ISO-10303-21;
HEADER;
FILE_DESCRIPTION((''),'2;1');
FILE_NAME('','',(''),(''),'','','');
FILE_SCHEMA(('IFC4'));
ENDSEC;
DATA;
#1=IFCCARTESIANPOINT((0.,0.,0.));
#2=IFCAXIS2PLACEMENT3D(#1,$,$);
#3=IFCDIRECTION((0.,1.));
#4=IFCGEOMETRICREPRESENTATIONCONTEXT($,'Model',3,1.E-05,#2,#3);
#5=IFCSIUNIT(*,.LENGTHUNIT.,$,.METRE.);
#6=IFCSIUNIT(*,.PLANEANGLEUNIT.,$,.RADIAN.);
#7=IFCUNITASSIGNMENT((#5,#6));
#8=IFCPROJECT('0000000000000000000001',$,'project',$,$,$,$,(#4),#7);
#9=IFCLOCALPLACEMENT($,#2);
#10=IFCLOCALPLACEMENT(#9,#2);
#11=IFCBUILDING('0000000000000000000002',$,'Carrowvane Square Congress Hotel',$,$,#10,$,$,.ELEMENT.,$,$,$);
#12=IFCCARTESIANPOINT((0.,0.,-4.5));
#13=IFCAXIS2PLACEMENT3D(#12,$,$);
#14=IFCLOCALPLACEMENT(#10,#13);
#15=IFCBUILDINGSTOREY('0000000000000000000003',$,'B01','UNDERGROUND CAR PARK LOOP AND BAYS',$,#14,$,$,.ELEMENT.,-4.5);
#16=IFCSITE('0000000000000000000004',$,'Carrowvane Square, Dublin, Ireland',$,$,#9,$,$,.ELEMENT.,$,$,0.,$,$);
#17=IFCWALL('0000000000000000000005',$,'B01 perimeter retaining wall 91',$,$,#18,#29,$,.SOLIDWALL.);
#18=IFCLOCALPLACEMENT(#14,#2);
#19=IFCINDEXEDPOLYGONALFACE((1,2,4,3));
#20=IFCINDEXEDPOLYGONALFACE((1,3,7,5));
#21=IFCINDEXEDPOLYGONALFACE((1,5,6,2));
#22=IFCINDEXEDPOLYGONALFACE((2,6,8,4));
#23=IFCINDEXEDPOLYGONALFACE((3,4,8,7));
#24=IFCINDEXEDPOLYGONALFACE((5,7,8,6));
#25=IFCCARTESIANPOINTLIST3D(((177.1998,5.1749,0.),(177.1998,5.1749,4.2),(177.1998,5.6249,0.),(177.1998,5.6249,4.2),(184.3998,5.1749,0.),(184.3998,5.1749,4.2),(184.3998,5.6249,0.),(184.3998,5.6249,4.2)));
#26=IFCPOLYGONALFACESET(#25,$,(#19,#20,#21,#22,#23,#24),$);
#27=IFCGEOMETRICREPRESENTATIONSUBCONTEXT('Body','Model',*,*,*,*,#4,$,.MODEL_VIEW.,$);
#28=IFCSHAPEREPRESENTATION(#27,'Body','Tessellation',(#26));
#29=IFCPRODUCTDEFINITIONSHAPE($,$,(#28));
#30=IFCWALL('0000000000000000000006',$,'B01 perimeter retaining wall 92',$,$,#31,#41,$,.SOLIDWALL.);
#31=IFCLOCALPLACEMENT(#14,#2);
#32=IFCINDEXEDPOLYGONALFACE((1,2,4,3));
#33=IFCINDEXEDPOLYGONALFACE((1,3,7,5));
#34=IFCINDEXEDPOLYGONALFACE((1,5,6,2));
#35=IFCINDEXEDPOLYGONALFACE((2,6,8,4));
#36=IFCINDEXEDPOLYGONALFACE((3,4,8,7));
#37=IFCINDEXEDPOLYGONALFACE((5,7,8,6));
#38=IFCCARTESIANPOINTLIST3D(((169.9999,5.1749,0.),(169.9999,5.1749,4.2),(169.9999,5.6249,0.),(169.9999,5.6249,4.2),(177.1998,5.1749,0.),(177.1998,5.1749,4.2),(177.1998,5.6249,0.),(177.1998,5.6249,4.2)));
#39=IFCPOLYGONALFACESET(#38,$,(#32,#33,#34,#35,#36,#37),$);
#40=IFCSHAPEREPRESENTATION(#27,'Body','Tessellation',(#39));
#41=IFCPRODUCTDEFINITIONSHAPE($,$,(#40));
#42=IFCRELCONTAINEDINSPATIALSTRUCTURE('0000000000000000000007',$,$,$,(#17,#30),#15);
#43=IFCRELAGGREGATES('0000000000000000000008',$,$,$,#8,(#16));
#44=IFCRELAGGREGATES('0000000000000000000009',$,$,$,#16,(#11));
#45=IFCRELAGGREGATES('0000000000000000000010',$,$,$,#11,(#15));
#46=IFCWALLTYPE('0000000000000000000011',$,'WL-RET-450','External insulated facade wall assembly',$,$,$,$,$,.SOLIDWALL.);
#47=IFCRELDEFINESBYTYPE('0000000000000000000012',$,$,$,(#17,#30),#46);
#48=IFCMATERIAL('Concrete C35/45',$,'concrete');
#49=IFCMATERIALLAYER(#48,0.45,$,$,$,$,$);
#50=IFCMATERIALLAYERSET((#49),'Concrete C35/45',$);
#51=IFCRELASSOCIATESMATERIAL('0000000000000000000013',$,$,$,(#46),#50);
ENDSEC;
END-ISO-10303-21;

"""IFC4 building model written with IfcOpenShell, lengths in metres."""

from ifc_helpers import new_model, si_unit, direction, frame, frame_2d, origin, place, context, subcontext, project, spatial, rectangle, extrude, material, layer, layer_set, type_object, element, save


model = new_model("IFC4")

# Units and contexts
model_context = context("Model", 3, precision=1e-05, world=origin(), true_north=direction((0.0, 1.0)))
body_context = subcontext(model_context, "Body", "Model", "MODEL_VIEW")
ifc_project = project(units=[si_unit("LENGTHUNIT", "METRE"), si_unit("PLANEANGLEUNIT", "RADIAN")], contexts=[model_context])

# Site, building, storey
site_placement = place(None, origin())
site = spatial("IfcSite", under=ifc_project, at=site_placement, Name="Carrowvane Square, Dublin, Ireland", CompositionType="ELEMENT", RefElevation=0.0)
building_placement = place(site_placement, origin())
building = spatial("IfcBuilding", under=site, at=building_placement, Name="Carrowvane Square Congress Hotel", CompositionType="ELEMENT")
storey_placement = place(building_placement, frame((0.0, 0.0, -4.5)))
storey = spatial("IfcBuildingStorey", under=building, at=storey_placement, Name="B01", Description="UNDERGROUND CAR PARK LOOP AND BAYS", CompositionType="ELEMENT", Elevation=-4.5)

# Walls
ifc_material_1 = material(Name="Concrete C35/45", Category="concrete")
ifc_layer_1 = layer(ifc_material_1, 0.45)
ifc_layer_set_1 = layer_set([ifc_layer_1], Name="Concrete C35/45")
wall_type_1 = type_object("IfcWallType", Name="WL-RET-450", Description="External insulated facade wall assembly", PredefinedType="SOLIDWALL", material=ifc_layer_set_1)
for number, where, z_axis, x_axis, name in (
    (1, (184.3999, 5.3999, 0.0), (0.0, 0.0, 1.0), (-1.0, 0.0, 0.0), "B01 perimeter retaining wall 91"),
    (2, (177.2, 5.3999, 0.0), (0.0, 0.0, 1.0), (-1.0, 0.0, 0.0), "B01 perimeter retaining wall 92"),
):
    element("IfcWall", number, at=place(storey_placement, frame(where, z_axis=z_axis, x_axis=x_axis)), inside=storey, type_object=wall_type_1, Name=name, PredefinedType="SOLIDWALL", context=body_context, shape_type="SweptSolid", body=[
        extrude(rectangle(XDim=7.2, YDim=0.45, at=frame_2d((3.6001, 0.0))), origin(), (0.0, 0.0, 1.0), 4.2),
    ])

save(model, "model.ifc")
